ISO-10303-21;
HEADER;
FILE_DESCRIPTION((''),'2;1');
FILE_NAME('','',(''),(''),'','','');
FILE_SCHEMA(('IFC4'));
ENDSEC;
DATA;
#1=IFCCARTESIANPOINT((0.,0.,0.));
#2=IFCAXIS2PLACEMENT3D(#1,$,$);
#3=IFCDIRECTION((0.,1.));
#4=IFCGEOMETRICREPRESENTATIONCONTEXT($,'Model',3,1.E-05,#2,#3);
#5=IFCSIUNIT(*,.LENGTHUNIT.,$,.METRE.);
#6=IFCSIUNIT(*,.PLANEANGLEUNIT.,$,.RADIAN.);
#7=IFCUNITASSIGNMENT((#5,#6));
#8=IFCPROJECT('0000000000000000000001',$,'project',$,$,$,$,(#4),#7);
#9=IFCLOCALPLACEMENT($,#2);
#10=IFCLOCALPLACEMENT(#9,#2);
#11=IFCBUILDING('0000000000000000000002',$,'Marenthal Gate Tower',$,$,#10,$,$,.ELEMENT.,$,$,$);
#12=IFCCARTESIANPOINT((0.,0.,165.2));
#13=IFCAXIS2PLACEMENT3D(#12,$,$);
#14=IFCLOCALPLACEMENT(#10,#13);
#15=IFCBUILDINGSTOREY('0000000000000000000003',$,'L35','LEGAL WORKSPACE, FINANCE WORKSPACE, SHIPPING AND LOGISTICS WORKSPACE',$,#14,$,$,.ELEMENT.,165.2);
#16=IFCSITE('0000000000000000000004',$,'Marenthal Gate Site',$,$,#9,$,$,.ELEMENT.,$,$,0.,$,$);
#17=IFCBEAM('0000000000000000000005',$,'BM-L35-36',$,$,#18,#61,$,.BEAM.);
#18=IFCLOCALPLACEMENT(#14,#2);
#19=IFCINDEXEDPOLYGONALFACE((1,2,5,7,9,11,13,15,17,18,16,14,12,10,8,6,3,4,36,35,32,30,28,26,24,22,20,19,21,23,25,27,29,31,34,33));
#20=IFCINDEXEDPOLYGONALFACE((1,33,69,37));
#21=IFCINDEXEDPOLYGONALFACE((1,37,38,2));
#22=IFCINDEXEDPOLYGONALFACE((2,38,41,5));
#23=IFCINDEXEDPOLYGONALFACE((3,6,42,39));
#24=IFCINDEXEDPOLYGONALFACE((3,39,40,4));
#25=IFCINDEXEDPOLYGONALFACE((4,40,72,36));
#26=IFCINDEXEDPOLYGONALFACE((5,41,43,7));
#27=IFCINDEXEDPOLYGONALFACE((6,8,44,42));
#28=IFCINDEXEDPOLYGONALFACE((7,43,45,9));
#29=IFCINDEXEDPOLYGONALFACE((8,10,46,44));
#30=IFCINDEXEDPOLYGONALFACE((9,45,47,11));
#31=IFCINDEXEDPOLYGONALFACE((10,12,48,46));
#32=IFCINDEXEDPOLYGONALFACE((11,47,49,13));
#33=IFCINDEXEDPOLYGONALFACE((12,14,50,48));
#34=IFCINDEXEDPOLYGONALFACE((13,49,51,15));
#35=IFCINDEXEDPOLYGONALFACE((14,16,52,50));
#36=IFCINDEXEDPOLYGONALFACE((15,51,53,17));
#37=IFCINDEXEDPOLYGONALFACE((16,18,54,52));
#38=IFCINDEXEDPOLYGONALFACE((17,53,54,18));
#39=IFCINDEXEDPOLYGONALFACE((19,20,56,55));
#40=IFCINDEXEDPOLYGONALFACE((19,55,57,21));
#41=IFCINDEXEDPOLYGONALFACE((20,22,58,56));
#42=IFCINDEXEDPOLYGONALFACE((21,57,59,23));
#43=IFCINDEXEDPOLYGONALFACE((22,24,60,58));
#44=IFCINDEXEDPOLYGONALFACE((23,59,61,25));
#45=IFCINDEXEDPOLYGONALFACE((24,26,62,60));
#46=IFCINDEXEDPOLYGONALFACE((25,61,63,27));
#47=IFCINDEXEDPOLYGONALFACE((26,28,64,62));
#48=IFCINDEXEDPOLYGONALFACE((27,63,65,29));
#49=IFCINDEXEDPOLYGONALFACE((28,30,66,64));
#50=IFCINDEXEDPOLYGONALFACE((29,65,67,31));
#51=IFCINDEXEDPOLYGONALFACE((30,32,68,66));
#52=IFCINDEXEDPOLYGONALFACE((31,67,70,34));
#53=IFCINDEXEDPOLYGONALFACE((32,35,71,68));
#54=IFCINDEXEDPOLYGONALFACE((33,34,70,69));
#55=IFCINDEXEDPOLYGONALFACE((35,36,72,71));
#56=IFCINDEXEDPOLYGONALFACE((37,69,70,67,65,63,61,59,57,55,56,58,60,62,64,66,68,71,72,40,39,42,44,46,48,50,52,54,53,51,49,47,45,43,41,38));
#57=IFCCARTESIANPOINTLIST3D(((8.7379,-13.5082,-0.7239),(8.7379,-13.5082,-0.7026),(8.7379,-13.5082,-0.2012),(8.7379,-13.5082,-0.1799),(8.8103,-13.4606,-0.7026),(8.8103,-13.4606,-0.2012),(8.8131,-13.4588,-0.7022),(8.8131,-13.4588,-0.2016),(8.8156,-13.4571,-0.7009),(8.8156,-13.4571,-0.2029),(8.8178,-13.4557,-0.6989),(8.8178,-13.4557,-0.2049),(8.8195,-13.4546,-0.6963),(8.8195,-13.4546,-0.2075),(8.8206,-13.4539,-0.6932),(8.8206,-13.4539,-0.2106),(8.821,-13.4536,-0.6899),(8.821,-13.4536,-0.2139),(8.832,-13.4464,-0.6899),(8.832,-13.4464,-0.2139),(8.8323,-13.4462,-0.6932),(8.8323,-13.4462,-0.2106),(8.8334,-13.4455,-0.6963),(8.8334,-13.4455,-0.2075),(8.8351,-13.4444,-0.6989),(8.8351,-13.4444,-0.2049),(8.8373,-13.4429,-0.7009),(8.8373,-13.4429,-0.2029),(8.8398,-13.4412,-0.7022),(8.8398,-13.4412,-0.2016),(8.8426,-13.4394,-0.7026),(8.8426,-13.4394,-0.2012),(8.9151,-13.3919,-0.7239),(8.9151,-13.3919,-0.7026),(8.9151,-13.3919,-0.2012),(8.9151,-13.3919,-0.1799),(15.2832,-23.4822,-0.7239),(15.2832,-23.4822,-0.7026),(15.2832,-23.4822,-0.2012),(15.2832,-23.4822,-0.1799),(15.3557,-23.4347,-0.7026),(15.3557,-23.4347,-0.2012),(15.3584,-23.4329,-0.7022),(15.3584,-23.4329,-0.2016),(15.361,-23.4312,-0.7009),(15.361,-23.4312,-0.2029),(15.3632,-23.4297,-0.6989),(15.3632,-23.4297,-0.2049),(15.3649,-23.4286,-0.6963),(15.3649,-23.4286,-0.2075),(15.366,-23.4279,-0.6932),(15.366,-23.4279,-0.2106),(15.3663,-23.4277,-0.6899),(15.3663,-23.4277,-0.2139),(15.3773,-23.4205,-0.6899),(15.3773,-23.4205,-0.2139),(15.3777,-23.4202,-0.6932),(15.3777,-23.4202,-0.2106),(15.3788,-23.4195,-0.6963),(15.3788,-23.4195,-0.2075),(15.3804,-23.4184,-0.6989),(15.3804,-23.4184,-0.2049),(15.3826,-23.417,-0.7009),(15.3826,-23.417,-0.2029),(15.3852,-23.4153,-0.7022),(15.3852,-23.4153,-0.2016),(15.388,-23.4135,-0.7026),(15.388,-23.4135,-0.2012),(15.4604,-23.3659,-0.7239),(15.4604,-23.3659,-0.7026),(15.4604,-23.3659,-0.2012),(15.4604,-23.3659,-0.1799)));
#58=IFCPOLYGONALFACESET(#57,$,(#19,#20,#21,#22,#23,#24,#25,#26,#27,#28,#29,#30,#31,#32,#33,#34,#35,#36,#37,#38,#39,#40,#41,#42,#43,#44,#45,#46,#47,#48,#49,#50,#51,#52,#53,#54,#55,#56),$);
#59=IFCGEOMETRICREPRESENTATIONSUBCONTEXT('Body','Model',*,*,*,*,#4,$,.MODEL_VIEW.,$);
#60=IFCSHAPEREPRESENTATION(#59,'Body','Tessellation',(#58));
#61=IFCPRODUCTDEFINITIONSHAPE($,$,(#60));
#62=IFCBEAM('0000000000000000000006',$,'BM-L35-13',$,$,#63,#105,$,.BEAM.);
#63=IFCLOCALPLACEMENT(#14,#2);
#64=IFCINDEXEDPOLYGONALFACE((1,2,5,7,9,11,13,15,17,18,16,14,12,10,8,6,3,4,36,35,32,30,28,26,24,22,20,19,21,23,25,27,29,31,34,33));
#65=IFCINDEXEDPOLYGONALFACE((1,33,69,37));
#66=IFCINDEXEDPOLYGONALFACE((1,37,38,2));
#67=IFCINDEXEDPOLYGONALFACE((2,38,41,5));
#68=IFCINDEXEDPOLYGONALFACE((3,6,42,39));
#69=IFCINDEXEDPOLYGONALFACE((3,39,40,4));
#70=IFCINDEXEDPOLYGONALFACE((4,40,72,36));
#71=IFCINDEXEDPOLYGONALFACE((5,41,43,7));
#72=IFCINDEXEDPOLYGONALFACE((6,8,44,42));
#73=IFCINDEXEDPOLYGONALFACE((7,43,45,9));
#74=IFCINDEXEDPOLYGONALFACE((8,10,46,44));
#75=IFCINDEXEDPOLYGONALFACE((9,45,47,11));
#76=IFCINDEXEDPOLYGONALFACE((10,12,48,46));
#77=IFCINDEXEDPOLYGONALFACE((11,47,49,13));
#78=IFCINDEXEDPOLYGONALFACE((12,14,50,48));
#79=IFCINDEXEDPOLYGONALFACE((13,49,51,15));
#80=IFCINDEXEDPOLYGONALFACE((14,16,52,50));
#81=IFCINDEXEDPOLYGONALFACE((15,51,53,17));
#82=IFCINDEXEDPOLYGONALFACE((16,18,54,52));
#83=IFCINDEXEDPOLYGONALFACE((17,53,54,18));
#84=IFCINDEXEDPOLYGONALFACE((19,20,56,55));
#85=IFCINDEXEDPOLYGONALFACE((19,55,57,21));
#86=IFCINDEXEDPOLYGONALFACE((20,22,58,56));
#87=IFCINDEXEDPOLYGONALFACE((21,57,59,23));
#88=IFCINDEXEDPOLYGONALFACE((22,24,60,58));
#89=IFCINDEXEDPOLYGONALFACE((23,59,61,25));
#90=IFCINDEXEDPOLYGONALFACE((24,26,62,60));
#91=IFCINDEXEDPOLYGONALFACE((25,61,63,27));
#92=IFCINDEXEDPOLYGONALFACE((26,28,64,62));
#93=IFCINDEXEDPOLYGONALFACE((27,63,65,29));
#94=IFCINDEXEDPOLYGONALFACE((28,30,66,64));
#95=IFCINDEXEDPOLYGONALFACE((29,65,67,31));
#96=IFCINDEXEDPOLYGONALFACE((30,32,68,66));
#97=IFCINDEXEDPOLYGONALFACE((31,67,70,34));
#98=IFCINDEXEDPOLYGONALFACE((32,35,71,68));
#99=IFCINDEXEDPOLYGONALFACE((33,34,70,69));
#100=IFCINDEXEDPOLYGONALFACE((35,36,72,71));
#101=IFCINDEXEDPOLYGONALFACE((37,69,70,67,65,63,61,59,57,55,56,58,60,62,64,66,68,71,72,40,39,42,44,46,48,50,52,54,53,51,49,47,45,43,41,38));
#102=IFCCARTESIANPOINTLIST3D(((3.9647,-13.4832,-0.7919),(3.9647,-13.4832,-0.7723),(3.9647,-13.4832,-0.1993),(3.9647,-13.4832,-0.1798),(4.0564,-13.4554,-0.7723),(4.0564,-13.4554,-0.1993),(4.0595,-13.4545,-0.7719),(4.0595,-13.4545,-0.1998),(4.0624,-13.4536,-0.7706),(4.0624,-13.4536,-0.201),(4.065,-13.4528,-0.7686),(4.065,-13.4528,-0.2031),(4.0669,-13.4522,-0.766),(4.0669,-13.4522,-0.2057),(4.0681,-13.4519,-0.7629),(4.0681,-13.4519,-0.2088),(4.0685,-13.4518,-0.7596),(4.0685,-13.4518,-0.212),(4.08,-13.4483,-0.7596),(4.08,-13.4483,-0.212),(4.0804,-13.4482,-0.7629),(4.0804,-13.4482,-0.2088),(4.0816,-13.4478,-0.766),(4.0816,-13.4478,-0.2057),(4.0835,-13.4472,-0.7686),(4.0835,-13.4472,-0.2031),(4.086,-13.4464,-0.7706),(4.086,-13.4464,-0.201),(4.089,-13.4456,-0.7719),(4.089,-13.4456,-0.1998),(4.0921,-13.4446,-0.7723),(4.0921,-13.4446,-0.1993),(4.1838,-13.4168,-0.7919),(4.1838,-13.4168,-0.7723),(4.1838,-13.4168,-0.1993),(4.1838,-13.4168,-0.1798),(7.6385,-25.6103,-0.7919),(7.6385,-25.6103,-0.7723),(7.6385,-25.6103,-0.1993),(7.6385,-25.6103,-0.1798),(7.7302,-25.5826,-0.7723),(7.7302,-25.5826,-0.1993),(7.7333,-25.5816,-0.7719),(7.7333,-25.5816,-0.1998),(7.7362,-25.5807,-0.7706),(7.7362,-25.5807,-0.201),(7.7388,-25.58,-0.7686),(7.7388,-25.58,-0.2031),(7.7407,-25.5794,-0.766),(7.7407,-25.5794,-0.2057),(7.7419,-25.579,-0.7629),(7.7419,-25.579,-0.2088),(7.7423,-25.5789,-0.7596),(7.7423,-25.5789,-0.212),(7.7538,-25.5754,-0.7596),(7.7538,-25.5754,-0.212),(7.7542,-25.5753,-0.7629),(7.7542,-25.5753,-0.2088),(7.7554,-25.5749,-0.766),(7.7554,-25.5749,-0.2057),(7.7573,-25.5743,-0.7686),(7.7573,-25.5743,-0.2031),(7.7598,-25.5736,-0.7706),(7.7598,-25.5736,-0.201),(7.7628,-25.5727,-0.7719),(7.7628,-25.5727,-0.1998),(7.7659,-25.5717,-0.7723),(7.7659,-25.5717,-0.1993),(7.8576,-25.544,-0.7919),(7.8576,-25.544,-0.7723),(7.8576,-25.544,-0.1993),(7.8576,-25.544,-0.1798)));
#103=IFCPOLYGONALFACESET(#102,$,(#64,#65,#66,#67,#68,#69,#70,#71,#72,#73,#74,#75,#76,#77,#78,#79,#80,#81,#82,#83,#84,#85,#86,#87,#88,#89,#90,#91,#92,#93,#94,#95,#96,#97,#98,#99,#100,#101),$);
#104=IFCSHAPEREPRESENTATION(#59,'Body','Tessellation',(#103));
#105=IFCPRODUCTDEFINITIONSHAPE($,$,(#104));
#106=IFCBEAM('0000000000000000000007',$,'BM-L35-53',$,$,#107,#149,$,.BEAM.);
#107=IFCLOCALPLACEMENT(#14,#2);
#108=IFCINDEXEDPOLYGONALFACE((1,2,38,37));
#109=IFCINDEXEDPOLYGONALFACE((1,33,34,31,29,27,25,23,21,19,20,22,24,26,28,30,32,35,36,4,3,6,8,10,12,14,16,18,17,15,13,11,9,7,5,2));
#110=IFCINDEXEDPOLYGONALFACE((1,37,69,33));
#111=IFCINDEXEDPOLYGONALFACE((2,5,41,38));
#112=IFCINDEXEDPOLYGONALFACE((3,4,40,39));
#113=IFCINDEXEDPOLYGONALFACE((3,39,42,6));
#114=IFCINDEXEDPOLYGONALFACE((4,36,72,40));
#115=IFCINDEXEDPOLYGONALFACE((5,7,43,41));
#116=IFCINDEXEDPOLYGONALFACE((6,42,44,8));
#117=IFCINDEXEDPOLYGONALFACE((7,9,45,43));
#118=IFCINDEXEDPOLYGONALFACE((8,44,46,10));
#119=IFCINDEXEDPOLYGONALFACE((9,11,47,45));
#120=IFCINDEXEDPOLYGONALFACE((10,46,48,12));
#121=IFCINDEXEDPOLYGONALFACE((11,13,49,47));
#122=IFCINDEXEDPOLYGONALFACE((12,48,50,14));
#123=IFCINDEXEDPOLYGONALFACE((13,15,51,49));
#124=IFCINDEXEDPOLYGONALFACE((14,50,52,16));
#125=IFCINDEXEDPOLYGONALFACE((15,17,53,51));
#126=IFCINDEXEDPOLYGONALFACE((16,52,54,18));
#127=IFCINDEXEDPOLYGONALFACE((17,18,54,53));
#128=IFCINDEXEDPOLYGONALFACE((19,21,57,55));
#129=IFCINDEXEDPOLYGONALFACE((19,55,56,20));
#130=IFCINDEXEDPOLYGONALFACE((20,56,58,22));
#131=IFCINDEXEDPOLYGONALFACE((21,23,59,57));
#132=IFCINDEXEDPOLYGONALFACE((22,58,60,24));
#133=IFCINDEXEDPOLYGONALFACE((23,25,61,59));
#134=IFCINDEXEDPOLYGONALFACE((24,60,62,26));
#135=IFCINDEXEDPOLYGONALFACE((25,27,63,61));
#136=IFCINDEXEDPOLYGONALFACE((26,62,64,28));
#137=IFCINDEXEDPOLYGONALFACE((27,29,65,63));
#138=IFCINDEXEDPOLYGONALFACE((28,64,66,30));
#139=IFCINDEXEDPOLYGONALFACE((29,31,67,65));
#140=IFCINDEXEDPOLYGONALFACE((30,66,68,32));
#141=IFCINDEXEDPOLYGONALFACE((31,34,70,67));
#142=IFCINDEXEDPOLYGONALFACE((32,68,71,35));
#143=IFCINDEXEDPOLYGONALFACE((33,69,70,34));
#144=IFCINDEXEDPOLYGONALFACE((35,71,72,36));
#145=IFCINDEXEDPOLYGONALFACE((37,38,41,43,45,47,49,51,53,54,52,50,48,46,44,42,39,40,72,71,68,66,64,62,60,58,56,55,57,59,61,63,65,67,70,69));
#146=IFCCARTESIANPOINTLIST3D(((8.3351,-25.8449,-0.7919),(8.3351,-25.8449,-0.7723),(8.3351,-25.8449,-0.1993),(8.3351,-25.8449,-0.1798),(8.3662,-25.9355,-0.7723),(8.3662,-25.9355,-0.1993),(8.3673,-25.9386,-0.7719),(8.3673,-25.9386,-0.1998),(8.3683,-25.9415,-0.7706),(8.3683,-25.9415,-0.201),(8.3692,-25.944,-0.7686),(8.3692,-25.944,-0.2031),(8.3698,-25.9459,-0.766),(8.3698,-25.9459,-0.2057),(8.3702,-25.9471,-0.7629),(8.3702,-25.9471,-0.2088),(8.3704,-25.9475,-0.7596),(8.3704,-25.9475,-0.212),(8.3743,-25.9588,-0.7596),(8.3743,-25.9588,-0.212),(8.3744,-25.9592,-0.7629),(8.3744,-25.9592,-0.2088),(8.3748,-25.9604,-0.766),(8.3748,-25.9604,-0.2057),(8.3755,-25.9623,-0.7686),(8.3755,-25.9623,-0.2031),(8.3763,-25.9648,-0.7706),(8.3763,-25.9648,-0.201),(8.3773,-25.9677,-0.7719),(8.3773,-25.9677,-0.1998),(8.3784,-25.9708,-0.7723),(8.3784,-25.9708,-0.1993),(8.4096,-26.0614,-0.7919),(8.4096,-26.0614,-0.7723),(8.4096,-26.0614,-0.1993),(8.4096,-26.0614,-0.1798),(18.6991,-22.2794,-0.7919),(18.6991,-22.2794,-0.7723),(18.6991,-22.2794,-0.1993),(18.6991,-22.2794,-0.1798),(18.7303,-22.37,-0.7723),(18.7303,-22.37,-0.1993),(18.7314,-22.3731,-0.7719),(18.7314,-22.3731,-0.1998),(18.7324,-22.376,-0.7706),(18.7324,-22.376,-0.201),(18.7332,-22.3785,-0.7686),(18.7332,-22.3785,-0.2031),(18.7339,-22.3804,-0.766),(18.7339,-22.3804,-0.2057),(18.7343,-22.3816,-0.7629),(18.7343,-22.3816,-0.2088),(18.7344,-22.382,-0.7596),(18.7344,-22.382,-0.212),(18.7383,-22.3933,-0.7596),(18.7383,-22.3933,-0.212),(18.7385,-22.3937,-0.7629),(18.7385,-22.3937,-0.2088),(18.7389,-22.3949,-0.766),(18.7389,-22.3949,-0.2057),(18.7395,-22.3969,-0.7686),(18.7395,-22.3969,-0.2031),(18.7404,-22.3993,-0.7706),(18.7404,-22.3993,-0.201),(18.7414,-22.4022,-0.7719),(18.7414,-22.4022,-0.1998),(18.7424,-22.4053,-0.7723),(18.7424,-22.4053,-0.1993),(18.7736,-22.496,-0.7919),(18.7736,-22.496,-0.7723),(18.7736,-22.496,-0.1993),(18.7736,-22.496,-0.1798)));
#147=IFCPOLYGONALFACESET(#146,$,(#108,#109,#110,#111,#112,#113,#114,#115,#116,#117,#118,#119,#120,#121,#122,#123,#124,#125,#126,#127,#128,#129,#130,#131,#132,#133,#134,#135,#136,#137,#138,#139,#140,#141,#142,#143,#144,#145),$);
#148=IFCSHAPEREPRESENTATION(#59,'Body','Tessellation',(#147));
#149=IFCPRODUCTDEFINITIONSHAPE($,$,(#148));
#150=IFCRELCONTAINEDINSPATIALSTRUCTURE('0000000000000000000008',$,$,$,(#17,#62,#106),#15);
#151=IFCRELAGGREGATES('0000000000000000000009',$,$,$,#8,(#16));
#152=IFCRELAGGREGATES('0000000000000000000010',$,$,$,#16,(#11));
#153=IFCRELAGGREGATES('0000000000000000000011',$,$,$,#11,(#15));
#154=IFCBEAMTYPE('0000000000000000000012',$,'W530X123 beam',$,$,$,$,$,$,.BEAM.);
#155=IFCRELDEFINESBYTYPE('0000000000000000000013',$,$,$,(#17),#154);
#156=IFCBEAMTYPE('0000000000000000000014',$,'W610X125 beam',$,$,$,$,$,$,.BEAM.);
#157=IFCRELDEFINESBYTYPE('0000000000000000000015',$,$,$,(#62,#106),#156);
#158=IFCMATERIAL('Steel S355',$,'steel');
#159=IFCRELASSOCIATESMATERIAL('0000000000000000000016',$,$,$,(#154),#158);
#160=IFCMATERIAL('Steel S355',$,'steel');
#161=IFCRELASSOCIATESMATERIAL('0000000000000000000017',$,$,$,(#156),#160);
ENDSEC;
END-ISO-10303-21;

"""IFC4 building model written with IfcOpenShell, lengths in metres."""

from ifc_helpers import new_model, si_unit, direction, frame, origin, origin_2d, place, context, subcontext, project, spatial, i_section, extrude, material, material_profile, profile_set, type_object, element, save


model = new_model("IFC4")

# Units and contexts
model_context = context("Model", 3, precision=1e-05, world=origin(), true_north=direction((0.0, 1.0)))
body_context = subcontext(model_context, "Body", "Model", "MODEL_VIEW")
ifc_project = project(units=[si_unit("LENGTHUNIT", "METRE"), si_unit("PLANEANGLEUNIT", "RADIAN")], contexts=[model_context])

# Site, building, storey
site_placement = place(None, origin())
site = spatial("IfcSite", under=ifc_project, at=site_placement, Name="Marenthal Gate Site", CompositionType="ELEMENT", RefElevation=0.0)
building_placement = place(site_placement, origin())
building = spatial("IfcBuilding", under=site, at=building_placement, Name="Marenthal Gate Tower", CompositionType="ELEMENT")
storey_placement = place(building_placement, frame((0.0, 0.0, 165.2)))
storey = spatial("IfcBuildingStorey", under=building, at=storey_placement, Name="L35", Description="LEGAL WORKSPACE, FINANCE WORKSPACE, SHIPPING AND LOGISTICS WORKSPACE", CompositionType="ELEMENT", Elevation=165.2)

# Beams
ifc_material_1 = material(Name="Steel S355", Category="steel")
ifc_material_profile_1 = material_profile(ifc_material_1, i_section(OverallWidth=0.2119, OverallDepth=0.5439, WebThickness=0.0132, FlangeThickness=0.0212, FilletRadius=0.0127, at=origin_2d()), Name="W530X123")
ifc_profile_set_1 = profile_set([ifc_material_profile_1], Name="Steel S355")
beam_type_1 = type_object("IfcBeamType", Name="W530X123 beam", PredefinedType="BEAM", material=ifc_profile_set_1)
beam_1_placement = place(storey_placement, frame((15.3718, -23.4241, -0.4519), z_axis=(-0.54865, 0.836052, 0.0), x_axis=(-0.836052, -0.54865, 0.0)))
element("IfcBeam", 1, at=beam_1_placement, inside=storey, type_object=beam_type_1, Name="BM-L35-36", PredefinedType="BEAM", context=body_context, shape_type="SweptSolid", body=[
    extrude(i_section(OverallWidth=0.2119, OverallDepth=0.5439, WebThickness=0.0132, FlangeThickness=0.0212, FilletRadius=0.0127, at=origin_2d()), origin(), (0.0, 0.0, 1.0), 11.9299),
])
ifc_material_2 = material(Name="Steel S355", Category="steel")
ifc_material_profile_2 = material_profile(ifc_material_2, i_section(OverallWidth=0.229, OverallDepth=0.6121, WebThickness=0.012, FlangeThickness=0.0195, FilletRadius=0.0127, at=origin_2d()), Name="W610X125")
ifc_profile_set_2 = profile_set([ifc_material_profile_2], Name="Steel S355")
beam_type_2 = type_object("IfcBeamType", Name="W610X125 beam", PredefinedType="BEAM", material=ifc_profile_set_2)
beam_2_placement = place(storey_placement, frame((7.748, -25.5771, -0.4858), z_axis=(-0.289929, 0.957048, 0.0), x_axis=(-0.957048, -0.289929, 0.0)))
element("IfcBeam", 2, at=beam_2_placement, inside=storey, type_object=beam_type_2, Name="BM-L35-13", PredefinedType="BEAM", context=body_context, shape_type="SweptSolid", body=[
    extrude(i_section(OverallWidth=0.229, OverallDepth=0.6121, WebThickness=0.012, FlangeThickness=0.0195, FilletRadius=0.0127, at=origin_2d()), origin(), (0.0, 0.0, 1.0), 12.6714),
])
beam_3_placement = place(storey_placement, frame((8.3723, -25.9531, -0.4858), z_axis=(0.945608, 0.325308, 0.0), x_axis=(-0.325308, 0.945608, 0.0)))
element("IfcBeam", 3, at=beam_3_placement, inside=storey, type_object=beam_type_2, Name="BM-L35-53", PredefinedType="BEAM", context=body_context, shape_type="SweptSolid", body=[
    extrude(i_section(OverallWidth=0.229, OverallDepth=0.6121, WebThickness=0.012, FlangeThickness=0.0195, FilletRadius=0.0127, at=origin_2d()), origin(), (0.0, 0.0, 1.0), 10.9602),
])

save(model, "model.ifc")
